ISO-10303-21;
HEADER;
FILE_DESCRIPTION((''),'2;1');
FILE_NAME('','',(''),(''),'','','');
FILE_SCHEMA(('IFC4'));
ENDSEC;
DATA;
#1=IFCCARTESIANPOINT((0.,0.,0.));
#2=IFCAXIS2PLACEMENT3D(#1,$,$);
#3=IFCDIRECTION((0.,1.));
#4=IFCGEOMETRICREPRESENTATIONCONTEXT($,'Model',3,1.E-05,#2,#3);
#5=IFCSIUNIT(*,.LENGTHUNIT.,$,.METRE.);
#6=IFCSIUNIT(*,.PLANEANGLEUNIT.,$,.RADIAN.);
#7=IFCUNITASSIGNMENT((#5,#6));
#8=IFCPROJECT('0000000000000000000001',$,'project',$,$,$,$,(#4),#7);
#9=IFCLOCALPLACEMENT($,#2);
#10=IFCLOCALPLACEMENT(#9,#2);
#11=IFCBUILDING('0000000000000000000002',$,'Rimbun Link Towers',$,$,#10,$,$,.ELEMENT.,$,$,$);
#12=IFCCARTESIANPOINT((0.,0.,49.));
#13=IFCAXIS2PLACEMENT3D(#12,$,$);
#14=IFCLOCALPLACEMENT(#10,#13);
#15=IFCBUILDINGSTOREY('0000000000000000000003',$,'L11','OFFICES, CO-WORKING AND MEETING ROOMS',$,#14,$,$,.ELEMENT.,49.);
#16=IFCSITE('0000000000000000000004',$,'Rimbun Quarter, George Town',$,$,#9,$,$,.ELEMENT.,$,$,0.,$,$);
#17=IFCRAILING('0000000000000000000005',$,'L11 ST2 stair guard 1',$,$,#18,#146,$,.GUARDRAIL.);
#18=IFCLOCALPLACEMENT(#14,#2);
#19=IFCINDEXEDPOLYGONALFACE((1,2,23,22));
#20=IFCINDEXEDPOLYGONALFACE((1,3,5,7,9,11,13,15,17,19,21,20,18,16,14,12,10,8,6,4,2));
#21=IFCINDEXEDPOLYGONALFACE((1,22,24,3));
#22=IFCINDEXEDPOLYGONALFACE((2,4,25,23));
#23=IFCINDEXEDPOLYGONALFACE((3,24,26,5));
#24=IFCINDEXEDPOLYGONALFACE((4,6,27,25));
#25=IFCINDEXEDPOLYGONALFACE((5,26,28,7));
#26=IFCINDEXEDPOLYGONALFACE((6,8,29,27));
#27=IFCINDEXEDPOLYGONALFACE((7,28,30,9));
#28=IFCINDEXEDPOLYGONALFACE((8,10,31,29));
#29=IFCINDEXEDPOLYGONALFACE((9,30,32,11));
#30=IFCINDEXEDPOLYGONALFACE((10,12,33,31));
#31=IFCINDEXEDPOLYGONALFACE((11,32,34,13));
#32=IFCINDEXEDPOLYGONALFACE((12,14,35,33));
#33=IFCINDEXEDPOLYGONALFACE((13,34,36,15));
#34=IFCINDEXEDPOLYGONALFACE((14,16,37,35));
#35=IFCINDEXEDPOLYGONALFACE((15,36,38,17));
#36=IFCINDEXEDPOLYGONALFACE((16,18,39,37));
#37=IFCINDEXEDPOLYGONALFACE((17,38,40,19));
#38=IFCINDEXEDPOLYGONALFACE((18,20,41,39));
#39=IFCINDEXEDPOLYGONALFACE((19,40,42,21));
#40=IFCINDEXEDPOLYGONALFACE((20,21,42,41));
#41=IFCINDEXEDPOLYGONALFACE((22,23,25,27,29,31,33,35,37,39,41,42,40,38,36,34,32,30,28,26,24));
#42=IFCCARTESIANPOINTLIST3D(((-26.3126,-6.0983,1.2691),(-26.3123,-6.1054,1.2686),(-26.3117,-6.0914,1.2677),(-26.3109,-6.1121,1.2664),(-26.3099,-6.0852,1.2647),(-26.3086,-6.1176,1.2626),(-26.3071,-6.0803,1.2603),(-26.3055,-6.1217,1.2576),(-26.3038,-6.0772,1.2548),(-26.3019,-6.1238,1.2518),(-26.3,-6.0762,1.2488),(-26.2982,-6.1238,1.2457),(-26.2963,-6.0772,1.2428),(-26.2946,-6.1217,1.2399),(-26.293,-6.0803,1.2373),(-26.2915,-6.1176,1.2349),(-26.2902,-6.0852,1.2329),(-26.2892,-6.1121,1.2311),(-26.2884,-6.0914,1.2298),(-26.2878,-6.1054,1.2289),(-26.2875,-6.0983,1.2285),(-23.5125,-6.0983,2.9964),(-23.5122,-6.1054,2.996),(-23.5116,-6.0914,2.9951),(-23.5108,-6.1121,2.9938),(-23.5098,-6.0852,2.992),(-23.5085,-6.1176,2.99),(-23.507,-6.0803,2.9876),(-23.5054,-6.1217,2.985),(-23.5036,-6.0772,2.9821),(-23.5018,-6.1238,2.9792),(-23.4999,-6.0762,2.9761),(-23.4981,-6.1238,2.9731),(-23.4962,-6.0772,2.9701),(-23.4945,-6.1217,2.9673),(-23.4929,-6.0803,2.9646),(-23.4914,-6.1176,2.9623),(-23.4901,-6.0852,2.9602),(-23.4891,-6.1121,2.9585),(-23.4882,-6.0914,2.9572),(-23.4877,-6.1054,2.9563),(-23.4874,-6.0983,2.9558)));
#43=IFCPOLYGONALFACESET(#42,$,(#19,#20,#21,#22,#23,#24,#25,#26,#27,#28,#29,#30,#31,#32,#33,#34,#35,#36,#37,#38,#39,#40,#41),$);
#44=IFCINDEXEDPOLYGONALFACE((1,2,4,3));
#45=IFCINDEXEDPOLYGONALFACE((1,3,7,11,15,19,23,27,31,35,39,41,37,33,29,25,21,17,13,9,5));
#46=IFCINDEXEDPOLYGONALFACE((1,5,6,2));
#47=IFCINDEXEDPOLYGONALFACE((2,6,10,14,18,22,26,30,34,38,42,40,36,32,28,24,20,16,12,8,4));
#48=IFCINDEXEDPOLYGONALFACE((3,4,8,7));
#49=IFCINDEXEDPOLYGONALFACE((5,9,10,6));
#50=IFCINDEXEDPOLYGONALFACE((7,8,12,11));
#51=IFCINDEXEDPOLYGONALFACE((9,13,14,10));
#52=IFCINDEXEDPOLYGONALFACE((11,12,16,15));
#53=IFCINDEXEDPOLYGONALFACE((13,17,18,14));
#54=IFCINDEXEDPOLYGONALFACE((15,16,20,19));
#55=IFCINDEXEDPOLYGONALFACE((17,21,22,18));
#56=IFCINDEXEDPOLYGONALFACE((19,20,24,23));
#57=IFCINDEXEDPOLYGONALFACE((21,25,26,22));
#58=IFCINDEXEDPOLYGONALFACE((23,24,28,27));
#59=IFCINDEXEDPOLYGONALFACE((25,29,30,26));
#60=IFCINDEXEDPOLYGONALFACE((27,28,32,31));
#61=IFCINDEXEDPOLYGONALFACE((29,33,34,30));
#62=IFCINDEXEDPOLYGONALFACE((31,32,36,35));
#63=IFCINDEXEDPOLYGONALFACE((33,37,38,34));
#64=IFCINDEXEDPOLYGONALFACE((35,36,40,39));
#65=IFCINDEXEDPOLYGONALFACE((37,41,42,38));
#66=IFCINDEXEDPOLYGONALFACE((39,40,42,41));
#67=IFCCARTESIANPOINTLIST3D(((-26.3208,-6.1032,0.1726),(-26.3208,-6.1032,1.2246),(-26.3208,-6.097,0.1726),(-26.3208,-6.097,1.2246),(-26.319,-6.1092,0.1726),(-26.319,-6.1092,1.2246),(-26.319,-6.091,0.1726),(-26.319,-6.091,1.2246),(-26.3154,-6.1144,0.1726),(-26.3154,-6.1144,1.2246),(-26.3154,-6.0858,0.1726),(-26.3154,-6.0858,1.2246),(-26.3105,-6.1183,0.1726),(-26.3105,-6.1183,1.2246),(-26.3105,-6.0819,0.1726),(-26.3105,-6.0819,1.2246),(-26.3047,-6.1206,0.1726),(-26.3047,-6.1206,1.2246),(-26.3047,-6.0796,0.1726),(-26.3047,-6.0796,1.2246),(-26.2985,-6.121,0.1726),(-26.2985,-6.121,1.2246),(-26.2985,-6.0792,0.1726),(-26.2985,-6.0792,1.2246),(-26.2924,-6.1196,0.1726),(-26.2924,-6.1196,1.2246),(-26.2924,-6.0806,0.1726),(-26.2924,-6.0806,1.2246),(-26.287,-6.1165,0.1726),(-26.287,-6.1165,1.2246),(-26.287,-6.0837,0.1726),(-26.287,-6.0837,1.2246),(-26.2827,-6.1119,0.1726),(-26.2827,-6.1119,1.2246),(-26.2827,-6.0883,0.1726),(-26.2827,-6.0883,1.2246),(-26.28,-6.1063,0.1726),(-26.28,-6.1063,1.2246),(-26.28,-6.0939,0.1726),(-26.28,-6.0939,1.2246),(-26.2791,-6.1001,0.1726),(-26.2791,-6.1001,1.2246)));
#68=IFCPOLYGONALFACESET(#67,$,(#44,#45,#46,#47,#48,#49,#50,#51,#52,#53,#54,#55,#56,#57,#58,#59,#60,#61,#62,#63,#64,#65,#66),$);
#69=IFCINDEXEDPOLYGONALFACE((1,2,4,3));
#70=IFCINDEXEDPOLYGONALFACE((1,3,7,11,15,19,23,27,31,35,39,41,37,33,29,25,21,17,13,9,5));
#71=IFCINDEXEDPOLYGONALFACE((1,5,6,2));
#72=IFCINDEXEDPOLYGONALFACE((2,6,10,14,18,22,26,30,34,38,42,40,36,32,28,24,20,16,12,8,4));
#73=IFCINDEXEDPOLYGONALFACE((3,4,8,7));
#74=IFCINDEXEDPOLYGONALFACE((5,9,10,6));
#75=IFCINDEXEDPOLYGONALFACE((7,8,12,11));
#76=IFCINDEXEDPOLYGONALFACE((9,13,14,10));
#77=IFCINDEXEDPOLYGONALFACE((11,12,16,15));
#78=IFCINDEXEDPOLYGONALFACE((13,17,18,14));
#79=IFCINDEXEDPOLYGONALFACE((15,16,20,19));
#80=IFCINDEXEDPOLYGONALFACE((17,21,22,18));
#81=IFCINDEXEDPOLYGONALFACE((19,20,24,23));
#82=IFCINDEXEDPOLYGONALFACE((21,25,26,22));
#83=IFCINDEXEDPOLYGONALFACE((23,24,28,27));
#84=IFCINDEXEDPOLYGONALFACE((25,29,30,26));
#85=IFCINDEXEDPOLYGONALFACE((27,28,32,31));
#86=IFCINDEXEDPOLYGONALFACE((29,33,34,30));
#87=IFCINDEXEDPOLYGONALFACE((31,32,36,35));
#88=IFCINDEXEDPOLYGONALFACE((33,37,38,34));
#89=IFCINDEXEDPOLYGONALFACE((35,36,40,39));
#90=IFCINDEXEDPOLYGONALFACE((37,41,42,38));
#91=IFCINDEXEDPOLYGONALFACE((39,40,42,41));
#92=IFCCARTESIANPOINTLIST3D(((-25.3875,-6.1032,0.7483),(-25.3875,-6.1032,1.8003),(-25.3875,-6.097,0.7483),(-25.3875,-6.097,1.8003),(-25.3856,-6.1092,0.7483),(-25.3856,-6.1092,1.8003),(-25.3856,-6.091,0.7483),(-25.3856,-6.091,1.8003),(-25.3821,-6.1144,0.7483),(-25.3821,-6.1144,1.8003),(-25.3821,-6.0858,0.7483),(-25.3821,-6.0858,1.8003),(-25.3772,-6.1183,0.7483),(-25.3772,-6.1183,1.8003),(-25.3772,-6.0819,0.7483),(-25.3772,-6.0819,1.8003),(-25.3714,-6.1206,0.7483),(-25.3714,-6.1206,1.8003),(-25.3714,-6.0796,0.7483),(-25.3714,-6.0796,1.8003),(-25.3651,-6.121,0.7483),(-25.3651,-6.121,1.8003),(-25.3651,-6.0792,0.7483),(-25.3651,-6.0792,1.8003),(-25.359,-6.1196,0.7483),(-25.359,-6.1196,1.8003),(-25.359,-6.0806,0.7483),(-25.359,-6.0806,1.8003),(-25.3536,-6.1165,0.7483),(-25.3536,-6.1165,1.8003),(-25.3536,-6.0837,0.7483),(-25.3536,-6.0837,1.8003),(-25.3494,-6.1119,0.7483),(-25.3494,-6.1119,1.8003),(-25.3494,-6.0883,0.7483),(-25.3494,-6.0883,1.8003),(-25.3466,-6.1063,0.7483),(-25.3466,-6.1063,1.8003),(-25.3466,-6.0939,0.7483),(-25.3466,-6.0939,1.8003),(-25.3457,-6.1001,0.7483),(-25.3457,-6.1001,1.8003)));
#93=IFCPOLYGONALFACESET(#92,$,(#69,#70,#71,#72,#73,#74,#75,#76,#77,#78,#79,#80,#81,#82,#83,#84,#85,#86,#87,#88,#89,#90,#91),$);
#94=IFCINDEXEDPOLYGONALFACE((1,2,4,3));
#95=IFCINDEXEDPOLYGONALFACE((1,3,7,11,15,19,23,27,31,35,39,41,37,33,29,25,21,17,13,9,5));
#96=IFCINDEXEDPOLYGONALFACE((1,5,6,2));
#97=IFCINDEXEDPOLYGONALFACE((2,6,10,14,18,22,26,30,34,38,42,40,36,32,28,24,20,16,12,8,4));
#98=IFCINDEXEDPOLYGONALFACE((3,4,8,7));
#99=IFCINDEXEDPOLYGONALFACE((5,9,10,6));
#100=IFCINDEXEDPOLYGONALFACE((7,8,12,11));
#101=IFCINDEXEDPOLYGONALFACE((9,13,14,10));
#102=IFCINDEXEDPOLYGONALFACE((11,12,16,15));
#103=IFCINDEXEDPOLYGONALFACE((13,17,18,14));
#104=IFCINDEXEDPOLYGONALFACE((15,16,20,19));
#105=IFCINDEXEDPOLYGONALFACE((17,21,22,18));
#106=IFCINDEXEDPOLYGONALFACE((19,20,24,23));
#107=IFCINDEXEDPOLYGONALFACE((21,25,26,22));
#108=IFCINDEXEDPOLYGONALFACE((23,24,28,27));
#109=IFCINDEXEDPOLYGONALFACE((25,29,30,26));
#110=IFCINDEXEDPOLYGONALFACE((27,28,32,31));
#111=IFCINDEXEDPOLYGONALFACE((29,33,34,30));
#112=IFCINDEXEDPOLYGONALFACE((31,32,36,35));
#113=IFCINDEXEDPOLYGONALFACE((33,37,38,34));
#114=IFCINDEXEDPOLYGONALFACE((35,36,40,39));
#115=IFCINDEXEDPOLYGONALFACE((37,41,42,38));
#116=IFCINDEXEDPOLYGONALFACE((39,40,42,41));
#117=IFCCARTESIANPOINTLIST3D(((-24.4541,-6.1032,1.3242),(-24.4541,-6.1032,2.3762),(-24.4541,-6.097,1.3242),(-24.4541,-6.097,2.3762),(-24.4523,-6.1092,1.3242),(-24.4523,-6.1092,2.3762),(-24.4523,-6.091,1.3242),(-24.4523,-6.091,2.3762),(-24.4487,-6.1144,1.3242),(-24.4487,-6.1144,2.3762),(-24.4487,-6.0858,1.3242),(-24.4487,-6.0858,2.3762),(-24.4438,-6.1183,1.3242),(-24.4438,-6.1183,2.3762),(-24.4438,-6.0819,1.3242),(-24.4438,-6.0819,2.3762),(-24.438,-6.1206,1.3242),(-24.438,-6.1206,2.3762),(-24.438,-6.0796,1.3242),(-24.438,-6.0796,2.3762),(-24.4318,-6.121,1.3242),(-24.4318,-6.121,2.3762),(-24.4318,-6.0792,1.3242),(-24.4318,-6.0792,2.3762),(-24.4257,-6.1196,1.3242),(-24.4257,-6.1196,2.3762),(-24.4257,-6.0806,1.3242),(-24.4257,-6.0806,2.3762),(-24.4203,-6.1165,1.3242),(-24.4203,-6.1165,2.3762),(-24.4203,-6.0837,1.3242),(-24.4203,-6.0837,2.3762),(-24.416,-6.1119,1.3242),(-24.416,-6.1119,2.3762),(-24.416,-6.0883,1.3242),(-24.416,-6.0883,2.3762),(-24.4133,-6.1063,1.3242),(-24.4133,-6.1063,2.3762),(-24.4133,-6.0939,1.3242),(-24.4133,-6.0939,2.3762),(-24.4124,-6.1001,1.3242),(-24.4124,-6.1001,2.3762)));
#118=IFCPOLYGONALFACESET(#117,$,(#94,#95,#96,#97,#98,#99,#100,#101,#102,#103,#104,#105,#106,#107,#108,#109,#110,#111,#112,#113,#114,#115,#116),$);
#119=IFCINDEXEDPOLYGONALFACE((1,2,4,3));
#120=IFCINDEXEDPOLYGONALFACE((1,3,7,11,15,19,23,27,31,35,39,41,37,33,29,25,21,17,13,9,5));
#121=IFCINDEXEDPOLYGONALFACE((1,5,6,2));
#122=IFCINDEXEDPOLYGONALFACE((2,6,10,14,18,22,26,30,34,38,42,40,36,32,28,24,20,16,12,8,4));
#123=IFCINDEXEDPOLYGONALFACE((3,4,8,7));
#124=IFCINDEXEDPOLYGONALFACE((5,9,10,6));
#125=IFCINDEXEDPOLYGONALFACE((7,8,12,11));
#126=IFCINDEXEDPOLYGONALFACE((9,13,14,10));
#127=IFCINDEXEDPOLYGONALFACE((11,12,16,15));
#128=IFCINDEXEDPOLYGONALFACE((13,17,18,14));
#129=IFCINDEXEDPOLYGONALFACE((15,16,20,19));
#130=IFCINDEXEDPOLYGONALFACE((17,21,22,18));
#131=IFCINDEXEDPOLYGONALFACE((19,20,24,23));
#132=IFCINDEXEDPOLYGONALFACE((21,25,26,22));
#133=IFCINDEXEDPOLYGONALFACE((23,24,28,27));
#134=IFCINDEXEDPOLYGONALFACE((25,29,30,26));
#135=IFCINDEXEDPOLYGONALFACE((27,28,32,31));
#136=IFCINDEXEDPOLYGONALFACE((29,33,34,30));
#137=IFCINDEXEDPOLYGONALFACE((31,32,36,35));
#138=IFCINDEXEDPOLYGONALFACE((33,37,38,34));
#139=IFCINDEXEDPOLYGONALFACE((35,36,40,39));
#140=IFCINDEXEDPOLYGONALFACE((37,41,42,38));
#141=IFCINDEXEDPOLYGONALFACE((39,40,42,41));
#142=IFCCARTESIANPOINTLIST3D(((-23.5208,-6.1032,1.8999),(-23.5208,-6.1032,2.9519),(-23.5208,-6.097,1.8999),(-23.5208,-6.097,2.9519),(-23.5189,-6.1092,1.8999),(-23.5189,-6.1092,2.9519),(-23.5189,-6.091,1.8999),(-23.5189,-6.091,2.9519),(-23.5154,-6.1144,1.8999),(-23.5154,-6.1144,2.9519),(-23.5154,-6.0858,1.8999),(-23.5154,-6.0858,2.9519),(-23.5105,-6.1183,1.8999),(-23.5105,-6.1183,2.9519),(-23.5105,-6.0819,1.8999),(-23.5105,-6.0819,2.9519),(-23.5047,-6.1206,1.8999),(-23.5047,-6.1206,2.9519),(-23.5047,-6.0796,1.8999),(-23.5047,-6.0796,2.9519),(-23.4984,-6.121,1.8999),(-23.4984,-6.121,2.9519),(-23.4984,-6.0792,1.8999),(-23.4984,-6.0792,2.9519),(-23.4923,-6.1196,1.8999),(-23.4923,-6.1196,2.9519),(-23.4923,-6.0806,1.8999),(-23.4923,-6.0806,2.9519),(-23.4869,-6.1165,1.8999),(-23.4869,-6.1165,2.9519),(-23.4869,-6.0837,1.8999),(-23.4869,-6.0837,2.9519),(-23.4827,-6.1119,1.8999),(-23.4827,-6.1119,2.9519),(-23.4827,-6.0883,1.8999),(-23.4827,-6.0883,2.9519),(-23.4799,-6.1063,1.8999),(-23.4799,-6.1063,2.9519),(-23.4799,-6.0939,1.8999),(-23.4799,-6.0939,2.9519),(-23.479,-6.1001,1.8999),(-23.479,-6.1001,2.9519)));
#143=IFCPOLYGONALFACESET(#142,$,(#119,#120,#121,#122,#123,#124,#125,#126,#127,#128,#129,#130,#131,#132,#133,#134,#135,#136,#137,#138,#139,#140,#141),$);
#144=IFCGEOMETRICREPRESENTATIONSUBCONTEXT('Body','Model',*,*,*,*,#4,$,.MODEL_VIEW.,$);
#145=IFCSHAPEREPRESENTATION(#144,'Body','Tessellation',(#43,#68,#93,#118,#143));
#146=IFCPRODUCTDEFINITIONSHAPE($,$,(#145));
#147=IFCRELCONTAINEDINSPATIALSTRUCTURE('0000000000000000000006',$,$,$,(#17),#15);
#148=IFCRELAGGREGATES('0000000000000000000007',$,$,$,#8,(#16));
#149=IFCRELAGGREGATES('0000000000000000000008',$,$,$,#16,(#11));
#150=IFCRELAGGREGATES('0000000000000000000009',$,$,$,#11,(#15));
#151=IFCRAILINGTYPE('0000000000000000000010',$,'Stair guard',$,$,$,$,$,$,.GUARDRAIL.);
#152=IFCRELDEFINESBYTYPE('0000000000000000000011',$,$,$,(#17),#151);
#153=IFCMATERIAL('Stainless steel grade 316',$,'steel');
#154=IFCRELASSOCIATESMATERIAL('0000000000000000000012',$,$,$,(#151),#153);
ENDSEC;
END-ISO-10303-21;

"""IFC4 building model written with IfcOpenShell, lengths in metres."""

from ifc_helpers import new_model, si_unit, direction, frame, origin, origin_2d, place, context, subcontext, project, spatial, circle, extrude, material, type_object, element, save


model = new_model("IFC4")

# Units and contexts
model_context = context("Model", 3, precision=1e-05, world=origin(), true_north=direction((0.0, 1.0)))
body_context = subcontext(model_context, "Body", "Model", "MODEL_VIEW")
ifc_project = project(units=[si_unit("LENGTHUNIT", "METRE"), si_unit("PLANEANGLEUNIT", "RADIAN")], contexts=[model_context])

# Site, building, storey
site_placement = place(None, origin())
site = spatial("IfcSite", under=ifc_project, at=site_placement, Name="Rimbun Quarter, George Town", CompositionType="ELEMENT", RefElevation=0.0)
building_placement = place(site_placement, origin())
building = spatial("IfcBuilding", under=site, at=building_placement, Name="Rimbun Link Towers", CompositionType="ELEMENT")
storey_placement = place(building_placement, frame((0.0, 0.0, 49.0)))
storey = spatial("IfcBuildingStorey", under=building, at=storey_placement, Name="L11", Description="OFFICES, CO-WORKING AND MEETING ROOMS", CompositionType="ELEMENT", Elevation=49.0)

# Railing
ifc_material_1 = material(Name="Stainless steel grade 316", Category="steel")
railing_type_1 = type_object("IfcRailingType", Name="Stair guard", PredefinedType="GUARDRAIL", material=ifc_material_1)
railing_1_placement = place(storey_placement, frame((-26.3, -6.1001, 0.1726)))
element("IfcRailing", 1, at=railing_1_placement, inside=storey, type_object=railing_type_1, Name="L11 ST2 stair guard 1", PredefinedType="GUARDRAIL", context=body_context, shape_type="SweptSolid", body=[
    extrude(circle(Radius=0.0239, at=origin_2d()), frame((0.0, 0.0, 1.0762), z_axis=(0.85109, 0.0, 0.52502), x_axis=(0.0, 1.0, 0.0)), (0.0, 0.0, 1.0), 3.29),
    extrude(circle(Radius=0.021, at=origin_2d()), origin(), (0.0, 0.0, 1.0), 1.052),
    extrude(circle(Radius=0.021, at=origin_2d()), frame((0.9333, 0.0, 0.5757)), (0.0, 0.0, 1.0), 1.052),
    extrude(circle(Radius=0.021, at=origin_2d()), frame((1.8667, 0.0, 1.1516)), (0.0, 0.0, 1.0), 1.052),
    extrude(circle(Radius=0.021, at=origin_2d()), frame((2.8, 0.0, 1.7273)), (0.0, 0.0, 1.0), 1.052),
])

save(model, "model.ifc")
